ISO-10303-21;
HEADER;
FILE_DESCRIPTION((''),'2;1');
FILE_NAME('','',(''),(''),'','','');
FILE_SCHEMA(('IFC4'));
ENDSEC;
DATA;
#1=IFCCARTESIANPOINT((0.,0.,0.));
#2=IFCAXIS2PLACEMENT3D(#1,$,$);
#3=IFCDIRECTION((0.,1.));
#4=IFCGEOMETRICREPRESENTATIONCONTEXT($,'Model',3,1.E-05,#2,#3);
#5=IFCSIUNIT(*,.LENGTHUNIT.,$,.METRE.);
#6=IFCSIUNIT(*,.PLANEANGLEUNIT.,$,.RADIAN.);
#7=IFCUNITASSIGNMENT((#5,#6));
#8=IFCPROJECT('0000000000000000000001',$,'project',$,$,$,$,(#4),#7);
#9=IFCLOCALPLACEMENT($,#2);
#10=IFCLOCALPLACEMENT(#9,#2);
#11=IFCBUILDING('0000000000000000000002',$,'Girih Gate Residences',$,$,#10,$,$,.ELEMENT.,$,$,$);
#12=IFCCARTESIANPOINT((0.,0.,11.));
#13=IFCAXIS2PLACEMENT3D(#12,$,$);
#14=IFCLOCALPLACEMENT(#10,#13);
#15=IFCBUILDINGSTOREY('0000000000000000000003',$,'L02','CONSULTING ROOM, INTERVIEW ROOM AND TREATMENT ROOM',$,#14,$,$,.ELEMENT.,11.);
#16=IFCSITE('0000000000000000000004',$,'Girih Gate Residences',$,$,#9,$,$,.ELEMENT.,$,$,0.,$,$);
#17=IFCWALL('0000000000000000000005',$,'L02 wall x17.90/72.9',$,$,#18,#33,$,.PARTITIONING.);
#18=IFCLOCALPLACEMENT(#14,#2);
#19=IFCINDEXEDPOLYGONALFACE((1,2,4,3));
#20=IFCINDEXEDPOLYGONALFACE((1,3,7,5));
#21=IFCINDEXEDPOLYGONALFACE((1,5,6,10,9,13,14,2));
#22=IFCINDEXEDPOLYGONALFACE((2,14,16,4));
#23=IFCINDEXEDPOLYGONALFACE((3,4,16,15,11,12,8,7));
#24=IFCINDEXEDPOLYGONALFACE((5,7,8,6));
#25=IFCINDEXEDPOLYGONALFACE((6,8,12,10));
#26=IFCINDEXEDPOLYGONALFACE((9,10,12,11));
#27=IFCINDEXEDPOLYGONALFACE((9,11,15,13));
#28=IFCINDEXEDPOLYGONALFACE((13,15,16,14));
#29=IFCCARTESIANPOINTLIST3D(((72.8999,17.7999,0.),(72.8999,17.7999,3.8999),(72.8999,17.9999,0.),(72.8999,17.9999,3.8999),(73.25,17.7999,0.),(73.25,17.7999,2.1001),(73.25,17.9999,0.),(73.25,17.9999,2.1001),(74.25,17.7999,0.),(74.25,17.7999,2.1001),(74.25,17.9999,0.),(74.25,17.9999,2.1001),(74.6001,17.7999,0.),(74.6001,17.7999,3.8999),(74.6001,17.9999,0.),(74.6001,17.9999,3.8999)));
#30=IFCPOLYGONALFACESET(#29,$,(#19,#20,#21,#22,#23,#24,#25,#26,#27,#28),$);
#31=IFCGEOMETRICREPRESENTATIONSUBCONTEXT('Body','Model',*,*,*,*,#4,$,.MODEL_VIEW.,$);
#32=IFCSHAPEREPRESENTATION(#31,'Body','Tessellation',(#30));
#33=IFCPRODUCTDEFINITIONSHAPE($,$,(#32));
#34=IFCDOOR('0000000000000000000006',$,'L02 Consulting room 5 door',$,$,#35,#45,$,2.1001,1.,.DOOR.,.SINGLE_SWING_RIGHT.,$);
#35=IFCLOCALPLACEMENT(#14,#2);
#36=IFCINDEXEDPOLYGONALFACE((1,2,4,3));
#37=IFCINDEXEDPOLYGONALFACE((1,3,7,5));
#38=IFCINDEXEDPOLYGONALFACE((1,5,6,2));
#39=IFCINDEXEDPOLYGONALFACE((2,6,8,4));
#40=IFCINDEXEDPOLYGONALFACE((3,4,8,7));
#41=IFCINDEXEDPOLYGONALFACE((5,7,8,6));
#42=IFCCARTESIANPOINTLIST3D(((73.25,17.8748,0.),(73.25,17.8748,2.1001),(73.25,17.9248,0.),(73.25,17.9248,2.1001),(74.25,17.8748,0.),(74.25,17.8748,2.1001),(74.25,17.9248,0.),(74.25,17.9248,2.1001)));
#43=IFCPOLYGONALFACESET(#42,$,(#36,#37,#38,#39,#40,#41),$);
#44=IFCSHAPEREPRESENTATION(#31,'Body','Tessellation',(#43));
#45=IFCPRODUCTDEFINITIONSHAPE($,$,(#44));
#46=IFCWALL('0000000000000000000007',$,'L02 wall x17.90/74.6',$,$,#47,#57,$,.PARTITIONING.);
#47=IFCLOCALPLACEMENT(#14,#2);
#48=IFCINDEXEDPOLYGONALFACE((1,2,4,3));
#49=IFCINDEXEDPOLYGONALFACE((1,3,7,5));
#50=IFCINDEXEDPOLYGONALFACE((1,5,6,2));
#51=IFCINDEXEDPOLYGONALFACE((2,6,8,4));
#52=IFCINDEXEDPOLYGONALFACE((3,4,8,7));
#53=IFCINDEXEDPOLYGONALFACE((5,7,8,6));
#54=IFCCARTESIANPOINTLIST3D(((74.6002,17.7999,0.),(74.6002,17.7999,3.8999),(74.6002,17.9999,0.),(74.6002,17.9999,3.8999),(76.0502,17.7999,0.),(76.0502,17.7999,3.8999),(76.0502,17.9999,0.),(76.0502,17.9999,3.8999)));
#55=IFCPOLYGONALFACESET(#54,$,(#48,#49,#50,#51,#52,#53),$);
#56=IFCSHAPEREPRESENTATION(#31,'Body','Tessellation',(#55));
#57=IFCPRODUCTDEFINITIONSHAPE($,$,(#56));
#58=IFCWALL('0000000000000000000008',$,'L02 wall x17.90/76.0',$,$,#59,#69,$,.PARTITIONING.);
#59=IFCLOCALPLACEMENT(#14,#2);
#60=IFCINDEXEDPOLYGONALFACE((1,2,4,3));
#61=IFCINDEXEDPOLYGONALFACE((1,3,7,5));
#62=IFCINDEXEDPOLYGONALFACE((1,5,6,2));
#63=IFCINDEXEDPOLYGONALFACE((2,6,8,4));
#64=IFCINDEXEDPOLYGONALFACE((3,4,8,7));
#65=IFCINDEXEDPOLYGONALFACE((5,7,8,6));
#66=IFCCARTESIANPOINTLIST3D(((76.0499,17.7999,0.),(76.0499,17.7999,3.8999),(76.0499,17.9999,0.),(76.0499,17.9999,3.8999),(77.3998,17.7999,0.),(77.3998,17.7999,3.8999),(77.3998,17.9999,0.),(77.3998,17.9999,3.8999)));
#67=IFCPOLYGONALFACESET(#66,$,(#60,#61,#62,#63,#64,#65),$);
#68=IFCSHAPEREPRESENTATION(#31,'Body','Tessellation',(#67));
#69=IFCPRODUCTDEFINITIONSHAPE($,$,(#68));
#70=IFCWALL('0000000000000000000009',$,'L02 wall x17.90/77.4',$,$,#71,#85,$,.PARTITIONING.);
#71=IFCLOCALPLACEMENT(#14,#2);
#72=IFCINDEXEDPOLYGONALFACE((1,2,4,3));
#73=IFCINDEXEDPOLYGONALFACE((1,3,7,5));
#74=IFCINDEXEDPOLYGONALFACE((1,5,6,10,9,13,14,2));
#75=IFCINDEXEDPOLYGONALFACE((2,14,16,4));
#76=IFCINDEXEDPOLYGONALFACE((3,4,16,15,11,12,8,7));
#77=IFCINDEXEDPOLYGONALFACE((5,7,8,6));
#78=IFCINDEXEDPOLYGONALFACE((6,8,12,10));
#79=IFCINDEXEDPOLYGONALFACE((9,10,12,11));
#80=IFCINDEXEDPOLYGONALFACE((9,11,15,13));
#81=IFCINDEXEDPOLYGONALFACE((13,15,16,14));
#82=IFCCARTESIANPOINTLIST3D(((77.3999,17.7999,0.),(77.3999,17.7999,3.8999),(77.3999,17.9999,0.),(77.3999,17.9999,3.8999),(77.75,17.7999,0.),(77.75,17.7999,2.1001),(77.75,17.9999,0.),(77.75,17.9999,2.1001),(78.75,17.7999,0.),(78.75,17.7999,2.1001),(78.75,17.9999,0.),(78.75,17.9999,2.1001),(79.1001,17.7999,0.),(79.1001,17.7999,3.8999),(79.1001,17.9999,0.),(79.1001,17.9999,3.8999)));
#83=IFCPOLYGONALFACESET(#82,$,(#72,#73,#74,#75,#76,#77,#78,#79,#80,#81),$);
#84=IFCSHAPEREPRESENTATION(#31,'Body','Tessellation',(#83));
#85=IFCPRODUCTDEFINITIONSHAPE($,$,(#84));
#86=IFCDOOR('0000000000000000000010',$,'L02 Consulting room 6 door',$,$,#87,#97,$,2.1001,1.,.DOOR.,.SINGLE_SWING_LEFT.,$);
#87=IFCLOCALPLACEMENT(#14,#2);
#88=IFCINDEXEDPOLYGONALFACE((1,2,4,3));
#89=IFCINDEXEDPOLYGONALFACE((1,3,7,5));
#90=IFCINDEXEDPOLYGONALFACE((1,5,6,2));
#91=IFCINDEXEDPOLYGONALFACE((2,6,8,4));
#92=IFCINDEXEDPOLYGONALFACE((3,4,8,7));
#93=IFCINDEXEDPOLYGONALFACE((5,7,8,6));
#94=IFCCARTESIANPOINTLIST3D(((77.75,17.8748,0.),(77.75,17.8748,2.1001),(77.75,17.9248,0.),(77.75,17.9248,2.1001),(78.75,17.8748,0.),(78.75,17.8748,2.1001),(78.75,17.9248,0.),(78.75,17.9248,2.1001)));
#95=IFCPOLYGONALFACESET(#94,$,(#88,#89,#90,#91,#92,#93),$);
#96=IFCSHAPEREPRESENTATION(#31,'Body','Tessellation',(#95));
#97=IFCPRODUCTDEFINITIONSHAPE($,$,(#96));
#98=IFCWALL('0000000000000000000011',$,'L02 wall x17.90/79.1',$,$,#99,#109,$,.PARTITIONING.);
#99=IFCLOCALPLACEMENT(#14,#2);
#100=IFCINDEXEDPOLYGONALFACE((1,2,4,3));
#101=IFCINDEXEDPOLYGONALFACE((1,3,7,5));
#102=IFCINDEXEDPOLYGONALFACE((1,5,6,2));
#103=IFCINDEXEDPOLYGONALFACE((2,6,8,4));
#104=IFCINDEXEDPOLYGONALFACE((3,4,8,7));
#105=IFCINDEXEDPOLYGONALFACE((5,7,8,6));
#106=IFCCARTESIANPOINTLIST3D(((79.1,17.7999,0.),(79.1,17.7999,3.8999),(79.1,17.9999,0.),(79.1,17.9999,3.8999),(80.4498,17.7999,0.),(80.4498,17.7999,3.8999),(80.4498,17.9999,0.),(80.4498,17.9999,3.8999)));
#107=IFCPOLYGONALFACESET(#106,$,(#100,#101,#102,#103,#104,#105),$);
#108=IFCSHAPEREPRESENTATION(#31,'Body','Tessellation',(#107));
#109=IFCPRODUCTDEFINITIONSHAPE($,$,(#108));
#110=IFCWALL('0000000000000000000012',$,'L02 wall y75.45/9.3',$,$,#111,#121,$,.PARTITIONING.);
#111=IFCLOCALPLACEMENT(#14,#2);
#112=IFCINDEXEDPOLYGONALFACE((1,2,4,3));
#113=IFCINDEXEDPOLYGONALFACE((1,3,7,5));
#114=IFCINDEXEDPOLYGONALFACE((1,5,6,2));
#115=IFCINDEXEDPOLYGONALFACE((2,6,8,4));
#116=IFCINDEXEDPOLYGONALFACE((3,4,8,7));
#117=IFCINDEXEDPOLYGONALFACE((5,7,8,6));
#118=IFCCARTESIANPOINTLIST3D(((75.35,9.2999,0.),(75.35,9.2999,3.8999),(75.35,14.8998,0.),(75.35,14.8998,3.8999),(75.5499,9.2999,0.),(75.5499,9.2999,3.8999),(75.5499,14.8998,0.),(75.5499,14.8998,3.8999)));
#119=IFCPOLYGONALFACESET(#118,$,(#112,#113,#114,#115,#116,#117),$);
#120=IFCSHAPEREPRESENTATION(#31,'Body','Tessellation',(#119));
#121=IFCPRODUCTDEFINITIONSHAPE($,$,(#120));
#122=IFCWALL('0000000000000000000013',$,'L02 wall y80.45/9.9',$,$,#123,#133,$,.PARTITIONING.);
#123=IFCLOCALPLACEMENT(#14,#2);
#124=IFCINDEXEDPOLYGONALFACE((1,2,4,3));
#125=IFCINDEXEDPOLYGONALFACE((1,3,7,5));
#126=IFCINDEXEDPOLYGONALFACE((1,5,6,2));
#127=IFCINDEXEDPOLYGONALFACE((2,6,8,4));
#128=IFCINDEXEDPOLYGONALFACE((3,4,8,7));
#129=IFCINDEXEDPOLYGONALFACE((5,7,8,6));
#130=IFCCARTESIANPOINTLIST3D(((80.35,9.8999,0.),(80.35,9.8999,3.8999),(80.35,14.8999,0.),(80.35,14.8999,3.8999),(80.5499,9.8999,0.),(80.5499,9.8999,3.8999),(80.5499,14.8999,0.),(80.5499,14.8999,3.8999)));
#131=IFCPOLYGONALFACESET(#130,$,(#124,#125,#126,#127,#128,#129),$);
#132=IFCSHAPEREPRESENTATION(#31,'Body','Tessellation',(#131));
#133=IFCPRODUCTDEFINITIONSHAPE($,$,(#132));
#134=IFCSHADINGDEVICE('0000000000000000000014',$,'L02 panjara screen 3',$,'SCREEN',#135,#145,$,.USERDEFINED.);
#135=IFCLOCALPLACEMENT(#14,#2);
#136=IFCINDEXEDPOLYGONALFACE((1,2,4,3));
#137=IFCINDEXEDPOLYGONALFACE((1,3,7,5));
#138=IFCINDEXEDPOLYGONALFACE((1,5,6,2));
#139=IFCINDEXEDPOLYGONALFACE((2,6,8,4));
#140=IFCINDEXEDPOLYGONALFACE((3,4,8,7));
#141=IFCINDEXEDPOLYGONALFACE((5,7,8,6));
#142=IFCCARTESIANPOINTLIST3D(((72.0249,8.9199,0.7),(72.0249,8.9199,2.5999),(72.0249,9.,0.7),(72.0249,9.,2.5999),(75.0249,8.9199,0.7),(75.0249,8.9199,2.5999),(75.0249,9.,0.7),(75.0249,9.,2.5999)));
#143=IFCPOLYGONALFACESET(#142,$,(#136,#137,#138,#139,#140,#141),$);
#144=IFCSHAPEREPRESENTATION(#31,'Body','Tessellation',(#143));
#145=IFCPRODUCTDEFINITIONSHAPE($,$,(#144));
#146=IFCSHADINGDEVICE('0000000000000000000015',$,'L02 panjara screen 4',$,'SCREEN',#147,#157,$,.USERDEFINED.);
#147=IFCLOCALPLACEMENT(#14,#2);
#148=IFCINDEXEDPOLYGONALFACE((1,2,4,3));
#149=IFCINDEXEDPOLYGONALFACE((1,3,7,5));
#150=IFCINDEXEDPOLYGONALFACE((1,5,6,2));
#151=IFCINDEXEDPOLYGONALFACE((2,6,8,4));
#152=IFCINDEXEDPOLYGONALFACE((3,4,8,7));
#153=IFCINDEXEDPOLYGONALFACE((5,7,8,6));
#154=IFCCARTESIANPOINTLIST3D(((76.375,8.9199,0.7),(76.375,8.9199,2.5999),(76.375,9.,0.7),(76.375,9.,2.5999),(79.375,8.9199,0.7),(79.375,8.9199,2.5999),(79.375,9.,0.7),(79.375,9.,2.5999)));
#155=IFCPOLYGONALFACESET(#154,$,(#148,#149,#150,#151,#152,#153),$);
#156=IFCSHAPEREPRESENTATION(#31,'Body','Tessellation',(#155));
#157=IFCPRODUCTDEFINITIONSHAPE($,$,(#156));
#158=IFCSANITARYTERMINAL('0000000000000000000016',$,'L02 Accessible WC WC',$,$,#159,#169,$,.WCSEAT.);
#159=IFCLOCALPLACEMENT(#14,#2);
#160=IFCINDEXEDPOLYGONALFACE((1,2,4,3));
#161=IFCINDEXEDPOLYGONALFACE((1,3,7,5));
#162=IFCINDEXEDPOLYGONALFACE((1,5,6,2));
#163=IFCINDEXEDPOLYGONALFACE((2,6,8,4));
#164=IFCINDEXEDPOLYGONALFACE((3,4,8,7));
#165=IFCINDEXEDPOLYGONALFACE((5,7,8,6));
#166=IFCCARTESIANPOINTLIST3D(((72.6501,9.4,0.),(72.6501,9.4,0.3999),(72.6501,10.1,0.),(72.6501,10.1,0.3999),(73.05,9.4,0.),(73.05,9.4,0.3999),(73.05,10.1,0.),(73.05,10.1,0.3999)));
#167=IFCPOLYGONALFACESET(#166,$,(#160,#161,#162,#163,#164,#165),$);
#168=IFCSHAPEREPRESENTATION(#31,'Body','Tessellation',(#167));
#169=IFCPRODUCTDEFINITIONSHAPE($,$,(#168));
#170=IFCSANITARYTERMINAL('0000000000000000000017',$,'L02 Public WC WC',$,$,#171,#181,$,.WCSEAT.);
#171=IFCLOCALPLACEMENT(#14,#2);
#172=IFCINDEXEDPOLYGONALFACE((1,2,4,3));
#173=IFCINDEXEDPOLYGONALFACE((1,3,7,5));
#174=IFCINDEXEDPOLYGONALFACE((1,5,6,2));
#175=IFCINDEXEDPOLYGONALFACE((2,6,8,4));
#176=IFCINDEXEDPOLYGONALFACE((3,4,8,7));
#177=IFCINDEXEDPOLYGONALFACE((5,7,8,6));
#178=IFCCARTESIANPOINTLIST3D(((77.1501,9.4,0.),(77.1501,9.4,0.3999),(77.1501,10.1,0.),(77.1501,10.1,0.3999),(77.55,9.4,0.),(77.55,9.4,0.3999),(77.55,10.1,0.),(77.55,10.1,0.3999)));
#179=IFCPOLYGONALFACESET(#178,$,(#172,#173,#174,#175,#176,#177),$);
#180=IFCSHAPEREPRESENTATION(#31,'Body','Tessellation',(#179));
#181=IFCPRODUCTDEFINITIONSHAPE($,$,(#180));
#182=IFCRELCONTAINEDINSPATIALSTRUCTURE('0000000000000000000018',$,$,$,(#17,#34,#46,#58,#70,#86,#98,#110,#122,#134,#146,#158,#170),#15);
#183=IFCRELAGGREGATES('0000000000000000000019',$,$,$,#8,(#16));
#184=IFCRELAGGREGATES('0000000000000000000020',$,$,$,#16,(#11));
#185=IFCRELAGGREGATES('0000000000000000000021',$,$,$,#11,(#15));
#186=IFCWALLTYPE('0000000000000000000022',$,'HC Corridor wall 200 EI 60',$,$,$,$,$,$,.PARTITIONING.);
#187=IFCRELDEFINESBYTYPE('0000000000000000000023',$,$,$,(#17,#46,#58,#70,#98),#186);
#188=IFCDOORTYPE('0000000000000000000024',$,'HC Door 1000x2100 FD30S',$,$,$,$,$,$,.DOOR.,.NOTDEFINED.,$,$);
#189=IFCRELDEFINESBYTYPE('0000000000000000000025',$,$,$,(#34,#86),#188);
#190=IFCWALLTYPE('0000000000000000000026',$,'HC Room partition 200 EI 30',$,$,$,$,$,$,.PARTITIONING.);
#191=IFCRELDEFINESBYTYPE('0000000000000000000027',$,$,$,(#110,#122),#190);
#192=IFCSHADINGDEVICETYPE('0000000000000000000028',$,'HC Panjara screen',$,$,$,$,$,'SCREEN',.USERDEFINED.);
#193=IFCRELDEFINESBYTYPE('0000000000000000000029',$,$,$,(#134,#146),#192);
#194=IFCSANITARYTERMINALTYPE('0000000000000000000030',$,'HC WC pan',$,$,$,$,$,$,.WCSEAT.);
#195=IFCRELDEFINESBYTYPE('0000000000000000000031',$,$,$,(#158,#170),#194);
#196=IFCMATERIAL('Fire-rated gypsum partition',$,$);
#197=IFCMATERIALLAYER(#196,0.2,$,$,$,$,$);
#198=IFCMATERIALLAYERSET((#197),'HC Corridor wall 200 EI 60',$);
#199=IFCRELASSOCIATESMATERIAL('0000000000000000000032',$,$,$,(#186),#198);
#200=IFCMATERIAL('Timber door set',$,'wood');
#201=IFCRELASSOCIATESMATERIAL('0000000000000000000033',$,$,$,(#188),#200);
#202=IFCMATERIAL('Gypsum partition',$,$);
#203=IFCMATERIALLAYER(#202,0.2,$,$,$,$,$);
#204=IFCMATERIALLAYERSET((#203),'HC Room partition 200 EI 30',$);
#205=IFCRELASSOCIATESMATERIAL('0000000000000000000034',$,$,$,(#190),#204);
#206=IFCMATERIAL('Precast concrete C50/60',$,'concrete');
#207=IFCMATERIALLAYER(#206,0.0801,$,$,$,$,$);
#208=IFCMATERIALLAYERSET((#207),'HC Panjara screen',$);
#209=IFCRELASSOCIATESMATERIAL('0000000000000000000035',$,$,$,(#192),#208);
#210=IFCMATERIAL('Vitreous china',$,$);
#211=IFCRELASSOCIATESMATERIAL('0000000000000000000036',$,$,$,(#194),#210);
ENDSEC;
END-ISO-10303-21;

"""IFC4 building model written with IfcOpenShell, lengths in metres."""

from ifc_helpers import new_model, si_unit, direction, frame, frame_2d, origin, origin_2d, place, context, subcontext, project, spatial, rectangle, extrude, material, layer, layer_set, type_object, element, fill, save


model = new_model("IFC4")

# Units and contexts
model_context = context("Model", 3, precision=1e-05, world=origin(), true_north=direction((0.0, 1.0)))
body_context = subcontext(model_context, "Body", "Model", "MODEL_VIEW")
ifc_project = project(units=[si_unit("LENGTHUNIT", "METRE"), si_unit("PLANEANGLEUNIT", "RADIAN")], contexts=[model_context])

# Site, building, storey
site_placement = place(None, origin())
site = spatial("IfcSite", under=ifc_project, at=site_placement, Name="Girih Gate Residences", CompositionType="ELEMENT", RefElevation=0.0)
building_placement = place(site_placement, origin())
building = spatial("IfcBuilding", under=site, at=building_placement, Name="Girih Gate Residences", CompositionType="ELEMENT")
storey_placement = place(building_placement, frame((0.0, 0.0, 11.0)))
storey = spatial("IfcBuildingStorey", under=building, at=storey_placement, Name="L02", Description="CONSULTING ROOM, INTERVIEW ROOM AND TREATMENT ROOM", CompositionType="ELEMENT", Elevation=11.0)

# Shared definitions
ifc_material_1 = material(Name="Fire-rated gypsum partition")
ifc_layer_1 = layer(ifc_material_1, 0.2)
ifc_layer_set_1 = layer_set([ifc_layer_1], Name="HC Corridor wall 200 EI 60")
wall_type_1 = type_object("IfcWallType", Name="HC Corridor wall 200 EI 60", PredefinedType="PARTITIONING", material=ifc_layer_set_1)
ifc_material_2 = material(Name="Timber door set", Category="wood")
door_type = type_object("IfcDoorType", Name="HC Door 1000x2100 FD30S", OperationType="NOTDEFINED", PredefinedType="DOOR", material=ifc_material_2)

# Wall, opening, door
wall_1_placement = place(storey_placement, frame((72.8999, 17.8999, 0.0), z_axis=(0.0, 0.0, 1.0), x_axis=(1.0, 0.0, 0.0)))
wall_1 = element("IfcWall", 1, at=wall_1_placement, inside=storey, type_object=wall_type_1, Name="L02 wall x17.90/72.9", PredefinedType="PARTITIONING", context=body_context, shape_type="SweptSolid", body=[
    extrude(rectangle(XDim=1.7002, YDim=0.2, at=frame_2d((0.8501, 0.0))), origin(), (0.0, 0.0, 1.0), 3.8999),
])
opening_1_placement = place(wall_1_placement, frame((0.3501, 0.0, 0.0)))
opening_1 = element("IfcOpeningElement", 2, at=opening_1_placement, cuts=wall_1, PredefinedType="OPENING", context=body_context, shape_type="SweptSolid", body=[
    extrude(rectangle(XDim=1.0, YDim=2.1001, at=frame_2d((0.5, 1.05))), frame((0.0, 0.1099, 0.0), z_axis=(0.0, -1.0, 0.0), x_axis=(1.0, 0.0, 0.0)), (0.0, 0.0, 1.0), 0.22),
])
door_1_placement = place(opening_1_placement, origin())
door_1 = element("IfcDoor", 3, at=door_1_placement, inside=storey, type_object=door_type, Name="L02 Consulting room 5 door", OperationType="SINGLE_SWING_RIGHT", OverallHeight=2.1001, OverallWidth=1.0, PredefinedType="DOOR", context=body_context, shape_type="SweptSolid", body=[
    extrude(rectangle(XDim=1.0, YDim=2.1001, at=frame_2d((0.5, 1.05))), frame((0.0, 0.0249, 0.0), z_axis=(0.0, -1.0, 0.0), x_axis=(1.0, 0.0, 0.0)), (0.0, 0.0, 1.0), 0.05),
])
fill(opening_1, door_1)

# Walls
wall_2_placement = place(storey_placement, frame((74.6001, 17.8999, 0.0), z_axis=(0.0, 0.0, 1.0), x_axis=(1.0, 0.0, 0.0)))
element("IfcWall", 4, at=wall_2_placement, inside=storey, type_object=wall_type_1, Name="L02 wall x17.90/74.6", PredefinedType="PARTITIONING", context=body_context, shape_type="SweptSolid", body=[
    extrude(rectangle(XDim=1.45, YDim=0.2, at=frame_2d((0.7251, 0.0))), origin(), (0.0, 0.0, 1.0), 3.8999),
])
wall_3_placement = place(storey_placement, frame((76.05, 17.8999, 0.0), z_axis=(0.0, 0.0, 1.0), x_axis=(1.0, 0.0, 0.0)))
element("IfcWall", 5, at=wall_3_placement, inside=storey, type_object=wall_type_1, Name="L02 wall x17.90/76.0", PredefinedType="PARTITIONING", context=body_context, shape_type="SweptSolid", body=[
    extrude(rectangle(XDim=1.3499, YDim=0.2, at=frame_2d((0.6748, 0.0))), origin(), (0.0, 0.0, 1.0), 3.8999),
])

# Wall, opening, door
wall_4_placement = place(storey_placement, frame((77.3999, 17.8999, 0.0), z_axis=(0.0, 0.0, 1.0), x_axis=(1.0, 0.0, 0.0)))
wall_4 = element("IfcWall", 6, at=wall_4_placement, inside=storey, type_object=wall_type_1, Name="L02 wall x17.90/77.4", PredefinedType="PARTITIONING", context=body_context, shape_type="SweptSolid", body=[
    extrude(rectangle(XDim=1.7002, YDim=0.2, at=frame_2d((0.8501, 0.0))), origin(), (0.0, 0.0, 1.0), 3.8999),
])
opening_2_placement = place(wall_4_placement, frame((0.3501, 0.0, 0.0)))
opening_2 = element("IfcOpeningElement", 7, at=opening_2_placement, cuts=wall_4, PredefinedType="OPENING", context=body_context, shape_type="SweptSolid", body=[
    extrude(rectangle(XDim=1.0, YDim=2.1001, at=frame_2d((0.5, 1.05))), frame((0.0, 0.1099, 0.0), z_axis=(0.0, -1.0, 0.0), x_axis=(1.0, 0.0, 0.0)), (0.0, 0.0, 1.0), 0.22),
])
door_2_placement = place(opening_2_placement, origin())
door_2 = element("IfcDoor", 8, at=door_2_placement, inside=storey, type_object=door_type, Name="L02 Consulting room 6 door", OperationType="SINGLE_SWING_LEFT", OverallHeight=2.1001, OverallWidth=1.0, PredefinedType="DOOR", context=body_context, shape_type="SweptSolid", body=[
    extrude(rectangle(XDim=1.0, YDim=2.1001, at=frame_2d((0.5, 1.05))), frame((0.0, 0.0249, 0.0), z_axis=(0.0, -1.0, 0.0), x_axis=(1.0, 0.0, 0.0)), (0.0, 0.0, 1.0), 0.05),
])
fill(opening_2, door_2)

# Walls
wall_5_placement = place(storey_placement, frame((79.1001, 17.8999, 0.0), z_axis=(0.0, 0.0, 1.0), x_axis=(1.0, 0.0, 0.0)))
element("IfcWall", 9, at=wall_5_placement, inside=storey, type_object=wall_type_1, Name="L02 wall x17.90/79.1", PredefinedType="PARTITIONING", context=body_context, shape_type="SweptSolid", body=[
    extrude(rectangle(XDim=1.3499, YDim=0.2, at=frame_2d((0.6748, 0.0))), origin(), (0.0, 0.0, 1.0), 3.8999),
])
ifc_material_3 = material(Name="Gypsum partition")
ifc_layer_2 = layer(ifc_material_3, 0.2)
ifc_layer_set_2 = layer_set([ifc_layer_2], Name="HC Room partition 200 EI 30")
wall_type_2 = type_object("IfcWallType", Name="HC Room partition 200 EI 30", PredefinedType="PARTITIONING", material=ifc_layer_set_2)
wall_6_placement = place(storey_placement, frame((75.45, 9.3, 0.0), z_axis=(0.0, 0.0, 1.0), x_axis=(0.0, 1.0, 0.0)))
element("IfcWall", 10, at=wall_6_placement, inside=storey, type_object=wall_type_2, Name="L02 wall y75.45/9.3", PredefinedType="PARTITIONING", context=body_context, shape_type="SweptSolid", body=[
    extrude(rectangle(XDim=5.5999, YDim=0.2, at=frame_2d((2.7998, 0.0))), origin(), (0.0, 0.0, 1.0), 3.8999),
])
wall_7_placement = place(storey_placement, frame((80.45, 9.8999, 0.0), z_axis=(0.0, 0.0, 1.0), x_axis=(0.0, 1.0, 0.0)))
element("IfcWall", 11, at=wall_7_placement, inside=storey, type_object=wall_type_2, Name="L02 wall y80.45/9.9", PredefinedType="PARTITIONING", context=body_context, shape_type="SweptSolid", body=[
    extrude(rectangle(XDim=5.0, YDim=0.2, at=frame_2d((2.5, 0.0))), origin(), (0.0, 0.0, 1.0), 3.8999),
])

# Shading devices
ifc_material_4 = material(Name="Precast concrete C50/60", Category="concrete")
ifc_layer_3 = layer(ifc_material_4, 0.0801)
ifc_layer_set_3 = layer_set([ifc_layer_3], Name="HC Panjara screen")
shading_device_type = type_object("IfcShadingDeviceType", Name="HC Panjara screen", ElementType="SCREEN", PredefinedType="USERDEFINED", material=ifc_layer_set_3)
for number, where, z_axis, x_axis, name in (
    (12, (73.5249, 8.96, 0.7), (0.0, 0.0, 1.0), (1.0, 0.0, 0.0), "L02 panjara screen 3"),
    (13, (77.875, 8.96, 0.7), (0.0, 0.0, 1.0), (1.0, 0.0, 0.0), "L02 panjara screen 4"),
):
    element("IfcShadingDevice", number, at=place(storey_placement, frame(where, z_axis=z_axis, x_axis=x_axis)), inside=storey, type_object=shading_device_type, Name=name, ObjectType="SCREEN", PredefinedType="USERDEFINED", context=body_context, shape_type="SweptSolid", body=[
        extrude(rectangle(XDim=3.0, YDim=0.0801, at=origin_2d()), origin(), (0.0, 0.0, 1.0), 1.8999),
    ])

# Sanitary terminals
ifc_material_5 = material(Name="Vitreous china")
sanitary_terminal_type_1 = type_object("IfcSanitaryTerminalType", Name="HC WC pan", PredefinedType="WCSEAT", material=ifc_material_5)
for number, where, z_axis, x_axis, name in (
    (14, (72.8501, 9.75, 0.0), (0.0, 0.0, 1.0), (1.0, 0.0, 0.0), "L02 Accessible WC WC"),
    (15, (77.3501, 9.75, 0.0), (0.0, 0.0, 1.0), (1.0, 0.0, 0.0), "L02 Public WC WC"),
):
    element("IfcSanitaryTerminal", number, at=place(storey_placement, frame(where, z_axis=z_axis, x_axis=x_axis)), inside=storey, type_object=sanitary_terminal_type_1, Name=name, PredefinedType="WCSEAT", context=body_context, shape_type="SweptSolid", body=[
        extrude(rectangle(XDim=0.3999, YDim=0.7, at=origin_2d()), origin(), (0.0, 0.0, 1.0), 0.3999),
    ])

save(model, "model.ifc")
